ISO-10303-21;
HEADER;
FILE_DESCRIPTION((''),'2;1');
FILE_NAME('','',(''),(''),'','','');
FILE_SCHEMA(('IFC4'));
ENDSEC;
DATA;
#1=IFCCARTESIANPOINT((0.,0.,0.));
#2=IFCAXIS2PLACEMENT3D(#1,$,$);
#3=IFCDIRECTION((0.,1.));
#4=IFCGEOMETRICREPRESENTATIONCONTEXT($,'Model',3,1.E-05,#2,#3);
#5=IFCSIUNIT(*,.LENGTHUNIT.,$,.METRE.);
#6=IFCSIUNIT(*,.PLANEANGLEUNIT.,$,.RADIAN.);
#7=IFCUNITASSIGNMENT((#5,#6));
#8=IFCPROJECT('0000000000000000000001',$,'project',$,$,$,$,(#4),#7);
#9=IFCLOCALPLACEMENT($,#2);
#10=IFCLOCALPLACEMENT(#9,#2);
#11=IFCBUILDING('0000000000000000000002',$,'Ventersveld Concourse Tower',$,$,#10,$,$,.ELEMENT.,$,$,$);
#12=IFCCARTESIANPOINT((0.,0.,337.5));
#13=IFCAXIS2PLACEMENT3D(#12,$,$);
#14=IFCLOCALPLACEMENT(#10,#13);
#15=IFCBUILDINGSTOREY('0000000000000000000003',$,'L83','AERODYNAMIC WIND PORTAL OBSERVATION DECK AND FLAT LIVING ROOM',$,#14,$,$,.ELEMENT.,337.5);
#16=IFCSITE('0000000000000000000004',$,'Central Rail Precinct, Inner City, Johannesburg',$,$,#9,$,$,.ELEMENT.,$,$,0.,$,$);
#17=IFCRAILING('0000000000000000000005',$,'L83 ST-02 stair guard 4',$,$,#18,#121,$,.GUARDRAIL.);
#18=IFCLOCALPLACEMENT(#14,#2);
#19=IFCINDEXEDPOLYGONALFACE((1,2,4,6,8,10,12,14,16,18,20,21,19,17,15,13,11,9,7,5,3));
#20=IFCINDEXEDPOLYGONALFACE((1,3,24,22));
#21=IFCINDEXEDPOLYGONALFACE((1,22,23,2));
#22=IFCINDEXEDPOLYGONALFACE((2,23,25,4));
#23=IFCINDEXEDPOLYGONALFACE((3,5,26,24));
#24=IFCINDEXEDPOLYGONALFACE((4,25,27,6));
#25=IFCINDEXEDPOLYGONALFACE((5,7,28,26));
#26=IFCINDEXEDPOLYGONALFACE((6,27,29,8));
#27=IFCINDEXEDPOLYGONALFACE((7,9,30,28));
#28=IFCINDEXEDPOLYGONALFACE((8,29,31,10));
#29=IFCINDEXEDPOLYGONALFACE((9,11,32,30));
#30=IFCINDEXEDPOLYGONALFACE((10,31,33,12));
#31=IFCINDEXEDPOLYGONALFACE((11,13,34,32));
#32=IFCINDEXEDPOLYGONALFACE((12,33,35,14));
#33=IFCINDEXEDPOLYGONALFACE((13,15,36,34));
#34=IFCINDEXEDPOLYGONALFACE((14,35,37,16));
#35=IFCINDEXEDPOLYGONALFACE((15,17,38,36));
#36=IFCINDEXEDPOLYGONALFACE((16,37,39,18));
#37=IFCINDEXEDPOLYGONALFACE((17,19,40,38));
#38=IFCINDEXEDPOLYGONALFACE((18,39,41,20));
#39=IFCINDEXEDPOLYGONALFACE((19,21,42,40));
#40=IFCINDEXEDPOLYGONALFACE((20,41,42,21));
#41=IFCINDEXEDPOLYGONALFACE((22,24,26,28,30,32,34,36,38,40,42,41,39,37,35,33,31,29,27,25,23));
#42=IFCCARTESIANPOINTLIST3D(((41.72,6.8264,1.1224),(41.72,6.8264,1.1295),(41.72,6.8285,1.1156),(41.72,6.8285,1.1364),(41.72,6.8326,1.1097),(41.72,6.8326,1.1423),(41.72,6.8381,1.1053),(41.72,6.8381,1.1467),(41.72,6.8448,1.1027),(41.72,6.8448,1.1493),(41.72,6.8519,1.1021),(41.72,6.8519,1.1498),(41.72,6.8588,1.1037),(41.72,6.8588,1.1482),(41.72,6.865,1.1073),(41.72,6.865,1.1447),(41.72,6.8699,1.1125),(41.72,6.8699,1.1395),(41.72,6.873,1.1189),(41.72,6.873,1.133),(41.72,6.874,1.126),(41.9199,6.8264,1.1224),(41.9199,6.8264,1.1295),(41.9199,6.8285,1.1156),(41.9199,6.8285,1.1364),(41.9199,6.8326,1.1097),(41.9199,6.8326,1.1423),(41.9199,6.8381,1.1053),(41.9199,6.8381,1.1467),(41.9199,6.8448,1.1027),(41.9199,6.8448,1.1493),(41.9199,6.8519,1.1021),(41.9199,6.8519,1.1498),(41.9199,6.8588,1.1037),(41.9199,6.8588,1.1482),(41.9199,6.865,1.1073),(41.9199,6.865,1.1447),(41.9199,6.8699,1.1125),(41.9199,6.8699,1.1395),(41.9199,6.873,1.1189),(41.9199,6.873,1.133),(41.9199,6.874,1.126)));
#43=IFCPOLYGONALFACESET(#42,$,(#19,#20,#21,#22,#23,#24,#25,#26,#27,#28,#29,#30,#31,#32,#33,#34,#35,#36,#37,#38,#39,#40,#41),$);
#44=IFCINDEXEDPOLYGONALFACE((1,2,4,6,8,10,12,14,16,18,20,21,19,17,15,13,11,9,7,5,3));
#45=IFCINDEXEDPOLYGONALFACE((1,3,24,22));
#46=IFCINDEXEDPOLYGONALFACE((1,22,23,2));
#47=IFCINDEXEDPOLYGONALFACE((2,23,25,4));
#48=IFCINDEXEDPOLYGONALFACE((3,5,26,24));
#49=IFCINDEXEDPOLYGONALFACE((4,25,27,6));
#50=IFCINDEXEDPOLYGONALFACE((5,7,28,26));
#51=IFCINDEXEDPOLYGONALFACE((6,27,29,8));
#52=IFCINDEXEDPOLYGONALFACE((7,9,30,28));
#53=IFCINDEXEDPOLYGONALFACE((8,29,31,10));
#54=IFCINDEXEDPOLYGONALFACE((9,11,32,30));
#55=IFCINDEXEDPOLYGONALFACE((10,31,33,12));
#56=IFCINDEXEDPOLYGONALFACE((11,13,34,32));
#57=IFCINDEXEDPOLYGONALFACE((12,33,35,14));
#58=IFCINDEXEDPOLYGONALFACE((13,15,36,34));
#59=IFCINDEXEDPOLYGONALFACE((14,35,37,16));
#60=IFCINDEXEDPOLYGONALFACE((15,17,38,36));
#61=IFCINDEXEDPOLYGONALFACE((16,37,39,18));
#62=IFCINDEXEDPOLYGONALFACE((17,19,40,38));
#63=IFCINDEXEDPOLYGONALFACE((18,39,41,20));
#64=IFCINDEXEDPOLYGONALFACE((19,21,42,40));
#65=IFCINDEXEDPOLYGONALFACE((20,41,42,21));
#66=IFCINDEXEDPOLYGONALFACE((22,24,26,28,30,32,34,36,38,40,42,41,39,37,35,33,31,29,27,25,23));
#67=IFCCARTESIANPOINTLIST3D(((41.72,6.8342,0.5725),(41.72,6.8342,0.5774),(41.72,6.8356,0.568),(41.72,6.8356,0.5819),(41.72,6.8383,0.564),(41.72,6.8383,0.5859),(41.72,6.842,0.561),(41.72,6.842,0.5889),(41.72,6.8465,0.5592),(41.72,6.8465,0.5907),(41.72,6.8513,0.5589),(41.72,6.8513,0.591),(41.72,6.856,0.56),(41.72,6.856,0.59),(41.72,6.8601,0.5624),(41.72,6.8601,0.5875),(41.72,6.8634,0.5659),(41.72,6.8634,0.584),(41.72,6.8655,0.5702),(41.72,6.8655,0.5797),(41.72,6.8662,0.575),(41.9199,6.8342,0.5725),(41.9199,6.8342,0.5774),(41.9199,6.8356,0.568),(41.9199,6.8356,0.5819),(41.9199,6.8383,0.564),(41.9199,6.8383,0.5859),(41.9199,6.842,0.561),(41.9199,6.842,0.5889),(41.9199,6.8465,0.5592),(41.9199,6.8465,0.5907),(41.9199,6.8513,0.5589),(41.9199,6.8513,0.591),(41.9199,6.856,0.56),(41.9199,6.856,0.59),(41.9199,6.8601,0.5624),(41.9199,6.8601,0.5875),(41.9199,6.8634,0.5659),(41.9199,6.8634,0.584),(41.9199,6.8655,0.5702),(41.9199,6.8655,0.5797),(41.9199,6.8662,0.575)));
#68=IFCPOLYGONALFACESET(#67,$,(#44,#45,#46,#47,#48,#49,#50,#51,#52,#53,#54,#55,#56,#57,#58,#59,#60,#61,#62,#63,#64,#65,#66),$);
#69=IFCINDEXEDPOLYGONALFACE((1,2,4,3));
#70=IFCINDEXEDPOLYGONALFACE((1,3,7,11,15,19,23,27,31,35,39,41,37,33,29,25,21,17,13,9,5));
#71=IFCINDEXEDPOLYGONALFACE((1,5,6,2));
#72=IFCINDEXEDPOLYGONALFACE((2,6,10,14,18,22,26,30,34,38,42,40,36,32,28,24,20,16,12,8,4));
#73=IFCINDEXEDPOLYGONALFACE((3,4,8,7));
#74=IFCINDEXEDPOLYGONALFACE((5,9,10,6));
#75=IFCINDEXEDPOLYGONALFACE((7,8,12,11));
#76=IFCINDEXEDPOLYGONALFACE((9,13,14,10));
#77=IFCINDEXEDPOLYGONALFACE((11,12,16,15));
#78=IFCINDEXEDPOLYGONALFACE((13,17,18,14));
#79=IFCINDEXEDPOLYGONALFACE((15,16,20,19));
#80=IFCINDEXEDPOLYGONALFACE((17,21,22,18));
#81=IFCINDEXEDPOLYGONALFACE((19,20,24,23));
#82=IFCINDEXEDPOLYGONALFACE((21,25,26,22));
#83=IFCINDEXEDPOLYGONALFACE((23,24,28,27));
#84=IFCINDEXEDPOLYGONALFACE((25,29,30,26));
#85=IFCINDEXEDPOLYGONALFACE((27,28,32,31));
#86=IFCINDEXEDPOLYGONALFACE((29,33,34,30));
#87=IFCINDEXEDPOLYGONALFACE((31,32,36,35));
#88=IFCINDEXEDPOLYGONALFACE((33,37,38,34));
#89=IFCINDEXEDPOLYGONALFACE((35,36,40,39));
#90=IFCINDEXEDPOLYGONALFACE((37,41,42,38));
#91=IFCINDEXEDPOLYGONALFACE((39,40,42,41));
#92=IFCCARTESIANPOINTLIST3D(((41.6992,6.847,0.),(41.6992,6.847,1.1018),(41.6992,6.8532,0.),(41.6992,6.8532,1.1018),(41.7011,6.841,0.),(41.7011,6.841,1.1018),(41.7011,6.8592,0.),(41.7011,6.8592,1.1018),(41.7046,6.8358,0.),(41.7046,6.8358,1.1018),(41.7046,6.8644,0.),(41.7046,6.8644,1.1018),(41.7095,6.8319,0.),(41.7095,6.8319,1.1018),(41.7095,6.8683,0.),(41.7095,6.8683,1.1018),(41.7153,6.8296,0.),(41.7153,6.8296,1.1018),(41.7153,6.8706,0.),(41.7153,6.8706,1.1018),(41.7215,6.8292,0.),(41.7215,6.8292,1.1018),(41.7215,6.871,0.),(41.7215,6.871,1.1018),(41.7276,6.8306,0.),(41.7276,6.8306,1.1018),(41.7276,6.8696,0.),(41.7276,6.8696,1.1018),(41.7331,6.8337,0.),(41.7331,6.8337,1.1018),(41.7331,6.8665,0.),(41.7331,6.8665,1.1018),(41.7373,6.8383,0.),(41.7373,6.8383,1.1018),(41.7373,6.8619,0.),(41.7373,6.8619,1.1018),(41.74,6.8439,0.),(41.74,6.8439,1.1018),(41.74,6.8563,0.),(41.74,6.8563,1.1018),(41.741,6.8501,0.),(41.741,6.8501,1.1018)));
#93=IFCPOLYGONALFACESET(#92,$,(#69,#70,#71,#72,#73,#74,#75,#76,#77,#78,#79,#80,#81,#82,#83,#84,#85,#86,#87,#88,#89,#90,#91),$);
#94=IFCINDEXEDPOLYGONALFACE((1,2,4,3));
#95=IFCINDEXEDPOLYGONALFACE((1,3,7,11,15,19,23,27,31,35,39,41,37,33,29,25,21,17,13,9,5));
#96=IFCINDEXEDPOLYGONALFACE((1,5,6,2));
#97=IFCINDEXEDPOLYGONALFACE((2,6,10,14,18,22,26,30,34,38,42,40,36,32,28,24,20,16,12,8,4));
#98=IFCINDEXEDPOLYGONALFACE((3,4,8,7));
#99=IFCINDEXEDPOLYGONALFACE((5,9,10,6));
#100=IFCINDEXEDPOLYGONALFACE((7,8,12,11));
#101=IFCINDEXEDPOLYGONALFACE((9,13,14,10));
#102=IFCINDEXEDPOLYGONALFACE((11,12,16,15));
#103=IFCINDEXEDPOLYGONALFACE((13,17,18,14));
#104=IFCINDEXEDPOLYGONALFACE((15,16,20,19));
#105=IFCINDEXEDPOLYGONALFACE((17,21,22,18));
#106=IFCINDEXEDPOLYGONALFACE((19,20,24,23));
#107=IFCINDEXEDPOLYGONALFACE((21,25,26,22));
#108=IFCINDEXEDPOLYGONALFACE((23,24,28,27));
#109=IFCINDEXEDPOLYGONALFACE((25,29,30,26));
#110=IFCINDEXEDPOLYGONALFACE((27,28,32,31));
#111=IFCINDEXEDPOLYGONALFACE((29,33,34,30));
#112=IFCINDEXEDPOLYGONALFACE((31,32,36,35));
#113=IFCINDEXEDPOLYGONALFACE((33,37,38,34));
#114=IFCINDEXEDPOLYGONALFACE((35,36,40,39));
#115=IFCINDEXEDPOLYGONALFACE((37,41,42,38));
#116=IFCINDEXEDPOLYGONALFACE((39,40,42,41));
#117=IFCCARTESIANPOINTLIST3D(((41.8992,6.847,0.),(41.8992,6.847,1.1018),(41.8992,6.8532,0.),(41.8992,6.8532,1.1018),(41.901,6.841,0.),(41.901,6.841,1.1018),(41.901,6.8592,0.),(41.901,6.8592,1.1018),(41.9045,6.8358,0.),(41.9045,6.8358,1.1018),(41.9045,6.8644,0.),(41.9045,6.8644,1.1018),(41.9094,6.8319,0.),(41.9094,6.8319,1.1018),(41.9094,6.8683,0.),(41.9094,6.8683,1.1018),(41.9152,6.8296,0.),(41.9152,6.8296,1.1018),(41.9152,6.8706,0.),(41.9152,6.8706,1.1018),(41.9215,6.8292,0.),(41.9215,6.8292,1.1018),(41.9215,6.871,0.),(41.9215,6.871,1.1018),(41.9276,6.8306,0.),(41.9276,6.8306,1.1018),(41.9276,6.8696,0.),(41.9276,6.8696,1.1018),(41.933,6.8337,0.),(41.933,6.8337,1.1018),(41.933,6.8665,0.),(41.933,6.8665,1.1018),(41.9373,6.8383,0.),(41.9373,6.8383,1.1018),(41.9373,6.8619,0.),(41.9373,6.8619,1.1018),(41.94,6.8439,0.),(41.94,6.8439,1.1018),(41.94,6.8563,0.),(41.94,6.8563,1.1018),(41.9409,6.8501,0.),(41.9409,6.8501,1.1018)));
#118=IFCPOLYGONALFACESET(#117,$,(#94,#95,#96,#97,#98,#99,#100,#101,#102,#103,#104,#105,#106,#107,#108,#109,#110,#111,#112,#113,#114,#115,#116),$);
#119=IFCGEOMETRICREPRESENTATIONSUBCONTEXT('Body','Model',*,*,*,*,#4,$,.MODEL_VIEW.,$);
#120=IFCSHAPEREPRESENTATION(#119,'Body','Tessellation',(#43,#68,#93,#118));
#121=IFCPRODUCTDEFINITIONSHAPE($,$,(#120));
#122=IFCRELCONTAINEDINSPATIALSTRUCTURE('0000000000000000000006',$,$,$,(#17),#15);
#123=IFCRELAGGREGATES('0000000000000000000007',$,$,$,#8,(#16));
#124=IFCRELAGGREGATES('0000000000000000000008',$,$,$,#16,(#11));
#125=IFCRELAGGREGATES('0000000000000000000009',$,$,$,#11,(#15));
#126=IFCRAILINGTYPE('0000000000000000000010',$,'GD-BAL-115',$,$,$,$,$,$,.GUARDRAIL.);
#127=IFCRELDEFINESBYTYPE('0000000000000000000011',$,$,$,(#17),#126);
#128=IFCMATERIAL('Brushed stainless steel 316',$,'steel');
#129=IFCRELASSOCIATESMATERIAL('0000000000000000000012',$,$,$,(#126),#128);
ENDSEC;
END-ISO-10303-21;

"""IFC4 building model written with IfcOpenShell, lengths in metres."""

from ifc_helpers import new_model, si_unit, direction, frame, origin, origin_2d, place, context, subcontext, project, spatial, circle, extrude, material, type_object, element, save


model = new_model("IFC4")

# Units and contexts
model_context = context("Model", 3, precision=1e-05, world=origin(), true_north=direction((0.0, 1.0)))
body_context = subcontext(model_context, "Body", "Model", "MODEL_VIEW")
ifc_project = project(units=[si_unit("LENGTHUNIT", "METRE"), si_unit("PLANEANGLEUNIT", "RADIAN")], contexts=[model_context])

# Site, building, storey
site_placement = place(None, origin())
site = spatial("IfcSite", under=ifc_project, at=site_placement, Name="Central Rail Precinct, Inner City, Johannesburg", CompositionType="ELEMENT", RefElevation=0.0)
building_placement = place(site_placement, origin())
building = spatial("IfcBuilding", under=site, at=building_placement, Name="Ventersveld Concourse Tower", CompositionType="ELEMENT")
storey_placement = place(building_placement, frame((0.0, 0.0, 337.5)))
storey = spatial("IfcBuildingStorey", under=building, at=storey_placement, Name="L83", Description="AERODYNAMIC WIND PORTAL OBSERVATION DECK AND FLAT LIVING ROOM", CompositionType="ELEMENT", Elevation=337.5)

# Shared definitions
ifc_material_1 = material(Name="Brushed stainless steel 316", Category="steel")

# Railing
railing_type_1 = type_object("IfcRailingType", Name="GD-BAL-115", PredefinedType="GUARDRAIL", material=ifc_material_1)
railing_1_placement = place(storey_placement, frame((41.72, 6.8501, 0.0)))
element("IfcRailing", 1, at=railing_1_placement, inside=storey, type_object=railing_type_1, Name="L83 ST-02 stair guard 4", PredefinedType="GUARDRAIL", context=body_context, shape_type="SweptSolid", body=[
    extrude(circle(Radius=0.0239, at=origin_2d()), frame((0.0, 0.0, 1.126), z_axis=(1.0, 0.0, 0.0), x_axis=(0.0, 1.0, 0.0)), (0.0, 0.0, 1.0), 0.2),
    extrude(circle(Radius=0.0161, at=origin_2d()), frame((0.0, 0.0, 0.575), z_axis=(1.0, 0.0, 0.0), x_axis=(0.0, 1.0, 0.0)), (0.0, 0.0, 1.0), 0.2),
    extrude(circle(Radius=0.021, at=origin_2d()), origin(), (0.0, 0.0, 1.0), 1.1018),
    extrude(circle(Radius=0.021, at=origin_2d()), frame((0.2, 0.0, 0.0)), (0.0, 0.0, 1.0), 1.1018),
])

save(model, "model.ifc")
